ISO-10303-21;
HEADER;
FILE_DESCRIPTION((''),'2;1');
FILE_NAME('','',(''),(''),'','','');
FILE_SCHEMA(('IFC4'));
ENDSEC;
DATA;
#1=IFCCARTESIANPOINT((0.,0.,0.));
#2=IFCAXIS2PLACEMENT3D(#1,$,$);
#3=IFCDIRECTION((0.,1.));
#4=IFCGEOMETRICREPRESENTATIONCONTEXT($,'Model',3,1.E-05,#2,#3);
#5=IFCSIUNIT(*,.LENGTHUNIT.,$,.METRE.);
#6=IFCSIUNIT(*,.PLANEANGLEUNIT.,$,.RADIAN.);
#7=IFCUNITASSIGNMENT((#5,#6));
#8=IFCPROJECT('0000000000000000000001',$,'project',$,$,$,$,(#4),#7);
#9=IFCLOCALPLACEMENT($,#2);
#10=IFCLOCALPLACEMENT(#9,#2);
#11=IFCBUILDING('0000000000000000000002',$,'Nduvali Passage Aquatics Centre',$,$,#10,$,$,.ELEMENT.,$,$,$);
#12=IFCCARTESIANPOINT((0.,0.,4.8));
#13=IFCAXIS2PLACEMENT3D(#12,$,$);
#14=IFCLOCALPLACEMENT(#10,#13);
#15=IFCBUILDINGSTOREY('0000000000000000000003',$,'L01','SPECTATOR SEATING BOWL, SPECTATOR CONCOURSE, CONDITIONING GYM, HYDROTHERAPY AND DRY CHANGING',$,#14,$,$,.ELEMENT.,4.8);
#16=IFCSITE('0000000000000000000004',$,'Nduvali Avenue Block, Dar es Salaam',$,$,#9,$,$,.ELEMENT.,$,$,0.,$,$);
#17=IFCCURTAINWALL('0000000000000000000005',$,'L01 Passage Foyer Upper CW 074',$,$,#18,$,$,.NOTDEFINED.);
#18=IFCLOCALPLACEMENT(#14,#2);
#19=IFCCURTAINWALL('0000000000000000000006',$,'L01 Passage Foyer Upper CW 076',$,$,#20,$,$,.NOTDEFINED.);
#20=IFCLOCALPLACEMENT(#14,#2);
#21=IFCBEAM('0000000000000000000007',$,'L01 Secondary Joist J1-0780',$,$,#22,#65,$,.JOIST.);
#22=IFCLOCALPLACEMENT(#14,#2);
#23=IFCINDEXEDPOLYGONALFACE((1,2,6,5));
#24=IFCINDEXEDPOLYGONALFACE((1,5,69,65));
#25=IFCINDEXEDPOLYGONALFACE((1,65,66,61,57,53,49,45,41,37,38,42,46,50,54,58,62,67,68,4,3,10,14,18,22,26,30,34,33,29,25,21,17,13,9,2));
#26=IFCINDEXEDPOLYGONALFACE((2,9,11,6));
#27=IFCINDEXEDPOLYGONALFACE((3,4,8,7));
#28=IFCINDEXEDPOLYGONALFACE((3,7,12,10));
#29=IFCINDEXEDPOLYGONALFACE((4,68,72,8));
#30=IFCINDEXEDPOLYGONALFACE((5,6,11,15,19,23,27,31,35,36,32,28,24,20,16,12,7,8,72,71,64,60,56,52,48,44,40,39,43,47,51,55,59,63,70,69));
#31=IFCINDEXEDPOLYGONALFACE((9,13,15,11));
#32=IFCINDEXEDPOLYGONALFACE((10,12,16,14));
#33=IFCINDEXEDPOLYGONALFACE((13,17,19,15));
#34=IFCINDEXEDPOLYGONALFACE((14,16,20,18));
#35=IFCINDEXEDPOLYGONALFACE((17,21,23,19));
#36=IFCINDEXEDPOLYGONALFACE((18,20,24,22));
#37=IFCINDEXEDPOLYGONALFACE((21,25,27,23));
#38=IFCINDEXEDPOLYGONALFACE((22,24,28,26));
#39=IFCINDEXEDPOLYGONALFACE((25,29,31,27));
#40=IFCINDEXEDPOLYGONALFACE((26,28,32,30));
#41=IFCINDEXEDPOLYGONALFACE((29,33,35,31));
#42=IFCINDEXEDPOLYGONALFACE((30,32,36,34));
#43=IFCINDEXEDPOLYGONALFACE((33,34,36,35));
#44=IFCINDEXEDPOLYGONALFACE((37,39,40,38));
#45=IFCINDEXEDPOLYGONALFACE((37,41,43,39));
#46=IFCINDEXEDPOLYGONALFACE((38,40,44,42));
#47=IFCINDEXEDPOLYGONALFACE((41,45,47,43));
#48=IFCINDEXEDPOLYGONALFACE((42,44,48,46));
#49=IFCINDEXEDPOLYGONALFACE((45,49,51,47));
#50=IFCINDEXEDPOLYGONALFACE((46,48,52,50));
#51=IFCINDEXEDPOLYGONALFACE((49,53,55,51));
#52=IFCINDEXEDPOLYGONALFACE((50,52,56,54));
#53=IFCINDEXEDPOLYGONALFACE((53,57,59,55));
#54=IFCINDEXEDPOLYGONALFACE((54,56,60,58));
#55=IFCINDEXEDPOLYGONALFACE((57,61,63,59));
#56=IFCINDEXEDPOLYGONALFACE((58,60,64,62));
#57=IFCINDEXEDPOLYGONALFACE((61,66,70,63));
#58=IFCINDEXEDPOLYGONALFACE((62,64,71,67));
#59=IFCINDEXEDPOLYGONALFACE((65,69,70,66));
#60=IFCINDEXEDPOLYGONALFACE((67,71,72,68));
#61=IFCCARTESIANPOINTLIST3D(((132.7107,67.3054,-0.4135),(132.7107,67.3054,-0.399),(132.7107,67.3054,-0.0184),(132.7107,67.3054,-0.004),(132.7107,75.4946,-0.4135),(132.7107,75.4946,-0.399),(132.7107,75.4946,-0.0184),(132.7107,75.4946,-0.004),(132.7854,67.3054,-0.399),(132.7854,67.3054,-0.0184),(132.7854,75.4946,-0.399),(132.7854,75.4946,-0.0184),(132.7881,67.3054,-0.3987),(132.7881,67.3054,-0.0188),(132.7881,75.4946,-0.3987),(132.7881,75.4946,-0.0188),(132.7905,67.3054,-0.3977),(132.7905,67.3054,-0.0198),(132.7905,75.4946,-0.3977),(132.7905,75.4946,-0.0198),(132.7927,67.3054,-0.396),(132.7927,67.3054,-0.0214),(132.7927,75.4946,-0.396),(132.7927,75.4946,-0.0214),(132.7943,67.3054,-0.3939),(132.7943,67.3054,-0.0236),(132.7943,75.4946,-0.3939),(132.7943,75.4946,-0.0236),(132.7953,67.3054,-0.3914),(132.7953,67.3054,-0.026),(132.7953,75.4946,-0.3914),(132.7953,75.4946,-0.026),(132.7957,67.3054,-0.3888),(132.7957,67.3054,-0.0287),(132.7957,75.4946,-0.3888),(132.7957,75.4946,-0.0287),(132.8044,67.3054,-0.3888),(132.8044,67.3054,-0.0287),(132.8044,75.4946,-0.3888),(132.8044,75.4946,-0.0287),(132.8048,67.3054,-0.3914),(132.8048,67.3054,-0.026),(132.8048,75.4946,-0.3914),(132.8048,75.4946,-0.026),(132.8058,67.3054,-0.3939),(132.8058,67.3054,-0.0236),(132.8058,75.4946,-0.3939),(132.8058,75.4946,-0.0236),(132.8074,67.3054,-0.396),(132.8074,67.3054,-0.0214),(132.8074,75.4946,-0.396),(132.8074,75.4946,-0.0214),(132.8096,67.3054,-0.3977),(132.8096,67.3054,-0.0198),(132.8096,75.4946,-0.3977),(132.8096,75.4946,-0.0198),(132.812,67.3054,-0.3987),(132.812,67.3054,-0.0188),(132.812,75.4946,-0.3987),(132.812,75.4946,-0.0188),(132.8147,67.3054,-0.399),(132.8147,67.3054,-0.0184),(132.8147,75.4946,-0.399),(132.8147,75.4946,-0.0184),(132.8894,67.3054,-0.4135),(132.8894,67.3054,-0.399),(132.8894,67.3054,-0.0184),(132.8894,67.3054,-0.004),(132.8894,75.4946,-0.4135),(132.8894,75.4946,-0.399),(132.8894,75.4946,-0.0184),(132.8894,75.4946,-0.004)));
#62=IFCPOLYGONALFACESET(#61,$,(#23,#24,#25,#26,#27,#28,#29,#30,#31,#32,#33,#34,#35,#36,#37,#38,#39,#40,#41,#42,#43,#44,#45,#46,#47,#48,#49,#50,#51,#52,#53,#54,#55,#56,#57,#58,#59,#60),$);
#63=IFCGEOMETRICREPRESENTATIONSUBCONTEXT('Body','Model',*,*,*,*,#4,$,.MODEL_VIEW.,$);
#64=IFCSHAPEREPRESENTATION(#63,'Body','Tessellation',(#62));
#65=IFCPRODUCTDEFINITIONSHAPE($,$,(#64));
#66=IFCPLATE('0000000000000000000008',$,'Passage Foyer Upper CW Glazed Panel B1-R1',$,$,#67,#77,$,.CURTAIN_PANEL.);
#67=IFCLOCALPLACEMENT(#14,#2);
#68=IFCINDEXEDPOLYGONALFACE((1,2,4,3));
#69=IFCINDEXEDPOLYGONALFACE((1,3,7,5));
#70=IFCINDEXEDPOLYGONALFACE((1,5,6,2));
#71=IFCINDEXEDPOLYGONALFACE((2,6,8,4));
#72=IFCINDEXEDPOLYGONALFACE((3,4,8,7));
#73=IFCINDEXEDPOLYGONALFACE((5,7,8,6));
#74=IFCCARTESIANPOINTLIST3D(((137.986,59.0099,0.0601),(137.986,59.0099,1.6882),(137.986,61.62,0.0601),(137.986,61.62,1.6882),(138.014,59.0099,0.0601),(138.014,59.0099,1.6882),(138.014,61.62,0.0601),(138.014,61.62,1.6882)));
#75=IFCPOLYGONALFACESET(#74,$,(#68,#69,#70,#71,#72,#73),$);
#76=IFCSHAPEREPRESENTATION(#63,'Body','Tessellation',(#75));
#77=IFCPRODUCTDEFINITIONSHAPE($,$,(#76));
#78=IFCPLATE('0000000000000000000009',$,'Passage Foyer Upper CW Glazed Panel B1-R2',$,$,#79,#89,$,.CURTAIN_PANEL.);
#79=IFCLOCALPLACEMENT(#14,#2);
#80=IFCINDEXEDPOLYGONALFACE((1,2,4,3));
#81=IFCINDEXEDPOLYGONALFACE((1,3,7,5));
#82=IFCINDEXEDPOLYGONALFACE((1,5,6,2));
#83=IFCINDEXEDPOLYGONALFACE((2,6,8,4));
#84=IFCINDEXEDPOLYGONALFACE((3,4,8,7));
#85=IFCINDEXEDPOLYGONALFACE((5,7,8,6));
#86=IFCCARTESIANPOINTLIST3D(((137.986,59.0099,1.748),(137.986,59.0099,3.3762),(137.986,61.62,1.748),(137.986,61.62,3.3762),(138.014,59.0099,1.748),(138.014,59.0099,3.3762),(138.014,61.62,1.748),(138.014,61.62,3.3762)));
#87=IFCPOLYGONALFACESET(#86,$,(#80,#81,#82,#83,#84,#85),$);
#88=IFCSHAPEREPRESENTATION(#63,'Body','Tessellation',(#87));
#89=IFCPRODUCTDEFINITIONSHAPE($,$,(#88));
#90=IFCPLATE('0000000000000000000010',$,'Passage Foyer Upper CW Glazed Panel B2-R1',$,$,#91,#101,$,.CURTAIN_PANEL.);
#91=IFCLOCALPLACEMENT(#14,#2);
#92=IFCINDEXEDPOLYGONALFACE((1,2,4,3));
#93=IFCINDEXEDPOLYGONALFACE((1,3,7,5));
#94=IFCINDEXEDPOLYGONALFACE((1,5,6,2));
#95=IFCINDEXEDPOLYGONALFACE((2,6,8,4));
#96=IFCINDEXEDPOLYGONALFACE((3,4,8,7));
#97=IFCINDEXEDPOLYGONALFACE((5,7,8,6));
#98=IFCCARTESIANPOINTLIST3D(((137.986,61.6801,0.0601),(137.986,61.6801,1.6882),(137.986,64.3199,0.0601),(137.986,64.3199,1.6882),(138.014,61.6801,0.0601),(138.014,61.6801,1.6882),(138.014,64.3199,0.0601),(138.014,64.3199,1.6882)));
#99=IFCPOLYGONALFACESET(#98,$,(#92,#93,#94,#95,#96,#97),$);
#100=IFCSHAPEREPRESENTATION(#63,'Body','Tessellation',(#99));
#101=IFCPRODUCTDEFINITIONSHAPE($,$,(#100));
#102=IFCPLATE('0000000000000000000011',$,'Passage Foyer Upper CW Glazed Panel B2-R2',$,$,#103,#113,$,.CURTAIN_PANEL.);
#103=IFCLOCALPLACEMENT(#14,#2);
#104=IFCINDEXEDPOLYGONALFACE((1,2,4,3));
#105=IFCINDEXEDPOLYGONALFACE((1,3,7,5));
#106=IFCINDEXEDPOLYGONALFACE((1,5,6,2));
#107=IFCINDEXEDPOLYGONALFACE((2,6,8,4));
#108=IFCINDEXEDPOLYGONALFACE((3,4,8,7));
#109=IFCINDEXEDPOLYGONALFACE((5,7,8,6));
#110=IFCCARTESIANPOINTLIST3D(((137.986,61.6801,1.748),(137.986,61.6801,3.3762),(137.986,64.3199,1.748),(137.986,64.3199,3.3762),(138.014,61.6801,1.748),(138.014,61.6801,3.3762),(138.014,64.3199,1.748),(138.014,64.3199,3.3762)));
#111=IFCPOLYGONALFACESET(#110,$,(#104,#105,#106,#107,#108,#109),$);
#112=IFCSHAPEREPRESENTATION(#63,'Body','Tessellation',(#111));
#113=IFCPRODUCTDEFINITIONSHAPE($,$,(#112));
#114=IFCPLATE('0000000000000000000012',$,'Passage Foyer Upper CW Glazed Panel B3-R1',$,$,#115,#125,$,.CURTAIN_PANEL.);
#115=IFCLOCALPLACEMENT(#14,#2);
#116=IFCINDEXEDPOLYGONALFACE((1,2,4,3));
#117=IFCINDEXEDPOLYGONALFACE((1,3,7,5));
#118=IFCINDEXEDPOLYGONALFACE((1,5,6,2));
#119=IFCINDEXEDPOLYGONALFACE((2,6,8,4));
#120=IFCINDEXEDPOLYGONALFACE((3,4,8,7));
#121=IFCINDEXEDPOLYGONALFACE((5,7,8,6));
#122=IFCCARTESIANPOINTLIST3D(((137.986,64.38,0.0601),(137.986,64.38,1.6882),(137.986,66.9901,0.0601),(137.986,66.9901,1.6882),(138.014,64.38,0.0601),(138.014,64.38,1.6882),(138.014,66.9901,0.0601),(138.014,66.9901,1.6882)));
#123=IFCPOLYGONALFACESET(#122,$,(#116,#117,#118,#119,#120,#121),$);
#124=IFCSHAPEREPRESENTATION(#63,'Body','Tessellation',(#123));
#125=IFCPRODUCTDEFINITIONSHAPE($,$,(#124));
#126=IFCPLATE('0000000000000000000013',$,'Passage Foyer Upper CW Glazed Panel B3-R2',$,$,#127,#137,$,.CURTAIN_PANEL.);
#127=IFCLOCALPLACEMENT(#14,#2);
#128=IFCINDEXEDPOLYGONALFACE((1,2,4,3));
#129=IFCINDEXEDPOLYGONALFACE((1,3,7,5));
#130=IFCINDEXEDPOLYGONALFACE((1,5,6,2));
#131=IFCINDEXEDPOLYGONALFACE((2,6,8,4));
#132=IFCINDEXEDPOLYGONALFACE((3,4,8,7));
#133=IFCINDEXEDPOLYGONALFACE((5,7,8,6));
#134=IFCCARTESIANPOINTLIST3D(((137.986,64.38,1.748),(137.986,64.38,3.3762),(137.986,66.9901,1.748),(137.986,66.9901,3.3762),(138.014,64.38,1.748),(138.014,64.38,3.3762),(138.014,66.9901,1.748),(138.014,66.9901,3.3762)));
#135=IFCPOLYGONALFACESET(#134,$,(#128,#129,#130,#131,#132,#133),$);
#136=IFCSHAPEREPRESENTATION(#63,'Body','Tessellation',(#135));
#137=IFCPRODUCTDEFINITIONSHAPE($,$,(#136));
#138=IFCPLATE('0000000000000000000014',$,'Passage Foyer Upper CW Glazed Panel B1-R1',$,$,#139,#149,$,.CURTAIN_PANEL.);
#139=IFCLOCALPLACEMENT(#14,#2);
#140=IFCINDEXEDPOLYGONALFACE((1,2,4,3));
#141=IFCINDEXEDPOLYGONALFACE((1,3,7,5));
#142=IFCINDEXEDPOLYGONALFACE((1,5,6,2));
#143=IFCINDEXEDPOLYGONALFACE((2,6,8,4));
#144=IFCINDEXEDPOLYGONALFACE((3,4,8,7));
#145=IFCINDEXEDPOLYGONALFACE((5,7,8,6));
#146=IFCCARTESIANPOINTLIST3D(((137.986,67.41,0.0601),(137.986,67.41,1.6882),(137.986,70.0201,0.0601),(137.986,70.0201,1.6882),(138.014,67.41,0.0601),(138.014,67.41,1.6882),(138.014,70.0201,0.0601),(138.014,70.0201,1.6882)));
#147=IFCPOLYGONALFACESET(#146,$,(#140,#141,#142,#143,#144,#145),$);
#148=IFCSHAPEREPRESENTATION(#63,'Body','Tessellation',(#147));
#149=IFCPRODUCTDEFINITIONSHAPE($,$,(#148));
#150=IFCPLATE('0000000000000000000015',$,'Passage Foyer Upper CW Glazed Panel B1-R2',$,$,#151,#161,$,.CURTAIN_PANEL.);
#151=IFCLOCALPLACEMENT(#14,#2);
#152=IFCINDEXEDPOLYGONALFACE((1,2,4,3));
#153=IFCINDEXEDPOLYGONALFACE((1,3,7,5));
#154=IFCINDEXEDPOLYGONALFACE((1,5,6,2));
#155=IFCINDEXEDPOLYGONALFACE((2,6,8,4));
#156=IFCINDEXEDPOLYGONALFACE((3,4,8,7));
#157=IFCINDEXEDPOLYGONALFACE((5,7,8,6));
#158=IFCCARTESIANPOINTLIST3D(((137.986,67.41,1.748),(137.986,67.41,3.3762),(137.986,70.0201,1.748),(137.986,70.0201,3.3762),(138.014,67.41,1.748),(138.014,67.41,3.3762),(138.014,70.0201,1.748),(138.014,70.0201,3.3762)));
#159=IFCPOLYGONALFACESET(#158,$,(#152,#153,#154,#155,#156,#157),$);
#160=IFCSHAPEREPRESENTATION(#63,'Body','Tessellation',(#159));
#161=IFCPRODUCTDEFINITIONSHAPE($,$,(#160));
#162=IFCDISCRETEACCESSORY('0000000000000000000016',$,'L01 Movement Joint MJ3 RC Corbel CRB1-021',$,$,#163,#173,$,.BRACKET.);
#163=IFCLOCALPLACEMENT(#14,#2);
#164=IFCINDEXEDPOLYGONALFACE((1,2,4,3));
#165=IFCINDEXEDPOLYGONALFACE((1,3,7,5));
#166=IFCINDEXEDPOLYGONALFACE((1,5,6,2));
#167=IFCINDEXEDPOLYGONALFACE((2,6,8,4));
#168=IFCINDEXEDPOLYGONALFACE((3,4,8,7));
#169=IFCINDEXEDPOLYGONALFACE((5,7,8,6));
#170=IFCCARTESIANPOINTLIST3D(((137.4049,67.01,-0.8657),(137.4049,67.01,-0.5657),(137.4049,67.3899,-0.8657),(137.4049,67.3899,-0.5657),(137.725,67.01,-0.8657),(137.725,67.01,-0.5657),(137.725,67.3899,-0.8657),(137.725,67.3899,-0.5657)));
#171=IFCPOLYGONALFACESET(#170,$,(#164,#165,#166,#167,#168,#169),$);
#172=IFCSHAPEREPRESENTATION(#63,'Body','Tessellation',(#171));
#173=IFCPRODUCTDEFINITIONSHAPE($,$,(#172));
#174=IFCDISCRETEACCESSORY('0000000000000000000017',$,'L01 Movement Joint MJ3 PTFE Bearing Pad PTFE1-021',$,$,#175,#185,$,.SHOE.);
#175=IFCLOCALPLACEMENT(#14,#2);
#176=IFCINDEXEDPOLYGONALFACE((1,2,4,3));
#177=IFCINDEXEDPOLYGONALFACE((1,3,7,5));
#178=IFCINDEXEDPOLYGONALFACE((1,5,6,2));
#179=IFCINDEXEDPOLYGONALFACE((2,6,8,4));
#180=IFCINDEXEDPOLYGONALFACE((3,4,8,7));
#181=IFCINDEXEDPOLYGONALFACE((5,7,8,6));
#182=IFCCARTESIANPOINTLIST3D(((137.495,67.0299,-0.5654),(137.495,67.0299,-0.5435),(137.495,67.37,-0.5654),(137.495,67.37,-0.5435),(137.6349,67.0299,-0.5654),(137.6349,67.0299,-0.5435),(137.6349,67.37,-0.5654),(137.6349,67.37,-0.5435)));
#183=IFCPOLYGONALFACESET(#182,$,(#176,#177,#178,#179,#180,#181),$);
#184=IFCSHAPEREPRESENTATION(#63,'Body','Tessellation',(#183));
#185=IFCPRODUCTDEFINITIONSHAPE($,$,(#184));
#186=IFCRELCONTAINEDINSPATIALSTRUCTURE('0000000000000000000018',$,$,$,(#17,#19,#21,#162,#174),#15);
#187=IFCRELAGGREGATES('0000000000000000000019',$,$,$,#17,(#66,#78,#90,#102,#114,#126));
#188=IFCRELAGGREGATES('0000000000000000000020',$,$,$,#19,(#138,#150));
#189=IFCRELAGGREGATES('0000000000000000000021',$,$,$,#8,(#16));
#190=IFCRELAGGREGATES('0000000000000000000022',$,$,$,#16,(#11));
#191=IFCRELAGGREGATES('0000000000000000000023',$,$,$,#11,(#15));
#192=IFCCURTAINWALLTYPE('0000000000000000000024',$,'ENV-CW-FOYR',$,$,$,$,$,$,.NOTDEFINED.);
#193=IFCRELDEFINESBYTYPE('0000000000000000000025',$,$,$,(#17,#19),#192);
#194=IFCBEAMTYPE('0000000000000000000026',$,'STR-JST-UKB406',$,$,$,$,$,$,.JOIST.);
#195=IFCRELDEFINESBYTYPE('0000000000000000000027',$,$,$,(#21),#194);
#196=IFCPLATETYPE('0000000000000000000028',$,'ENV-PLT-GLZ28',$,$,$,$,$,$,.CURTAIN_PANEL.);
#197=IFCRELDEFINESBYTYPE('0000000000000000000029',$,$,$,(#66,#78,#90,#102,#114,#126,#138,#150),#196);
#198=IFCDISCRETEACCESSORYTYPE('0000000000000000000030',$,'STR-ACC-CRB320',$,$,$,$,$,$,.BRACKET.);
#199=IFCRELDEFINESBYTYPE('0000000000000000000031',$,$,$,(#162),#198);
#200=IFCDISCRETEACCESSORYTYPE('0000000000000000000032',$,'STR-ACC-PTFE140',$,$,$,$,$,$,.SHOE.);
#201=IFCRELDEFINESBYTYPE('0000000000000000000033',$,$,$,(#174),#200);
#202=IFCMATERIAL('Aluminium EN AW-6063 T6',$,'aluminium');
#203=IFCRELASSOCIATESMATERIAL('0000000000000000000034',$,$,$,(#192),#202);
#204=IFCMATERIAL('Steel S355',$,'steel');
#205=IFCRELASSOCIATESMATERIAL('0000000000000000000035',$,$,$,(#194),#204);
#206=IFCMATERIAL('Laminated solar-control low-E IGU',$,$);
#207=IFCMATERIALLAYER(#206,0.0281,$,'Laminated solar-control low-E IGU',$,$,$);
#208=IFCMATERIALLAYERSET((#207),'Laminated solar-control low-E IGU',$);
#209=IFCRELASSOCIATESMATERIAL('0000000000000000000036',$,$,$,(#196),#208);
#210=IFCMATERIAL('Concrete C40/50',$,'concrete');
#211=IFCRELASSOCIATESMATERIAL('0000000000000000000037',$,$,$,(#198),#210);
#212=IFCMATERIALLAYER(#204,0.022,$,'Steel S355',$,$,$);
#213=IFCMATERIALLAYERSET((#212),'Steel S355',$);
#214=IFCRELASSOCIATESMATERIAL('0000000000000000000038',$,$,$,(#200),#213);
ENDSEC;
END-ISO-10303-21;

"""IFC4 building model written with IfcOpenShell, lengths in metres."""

from ifc_helpers import new_model, si_unit, direction, frame, origin, origin_2d, place, context, subcontext, project, spatial, rectangle, i_section, extrude, material, layer, layer_set, material_profile, profile_set, type_object, element, aggregate, save


model = new_model("IFC4")

# Units and contexts
model_context = context("Model", 3, precision=1e-05, world=origin(), true_north=direction((0.0, 1.0)))
body_context = subcontext(model_context, "Body", "Model", "MODEL_VIEW")
ifc_project = project(units=[si_unit("LENGTHUNIT", "METRE"), si_unit("PLANEANGLEUNIT", "RADIAN")], contexts=[model_context])

# Site, building, storey
site_placement = place(None, origin())
site = spatial("IfcSite", under=ifc_project, at=site_placement, Name="Nduvali Avenue Block, Dar es Salaam", CompositionType="ELEMENT", RefElevation=0.0)
building_placement = place(site_placement, origin())
building = spatial("IfcBuilding", under=site, at=building_placement, Name="Nduvali Passage Aquatics Centre", CompositionType="ELEMENT")
storey_placement = place(building_placement, frame((0.0, 0.0, 4.8)))
storey = spatial("IfcBuildingStorey", under=building, at=storey_placement, Name="L01", Description="SPECTATOR SEATING BOWL, SPECTATOR CONCOURSE, CONDITIONING GYM, HYDROTHERAPY AND DRY CHANGING", CompositionType="ELEMENT", Elevation=4.8)

# Shared definitions
ifc_material_1 = material(Name="Steel S355", Category="steel")

# Curtain walls
ifc_material_2 = material(Name="Aluminium EN AW-6063 T6", Category="aluminium")
curtain_wall_type = type_object("IfcCurtainWallType", Name="ENV-CW-FOYR", PredefinedType="NOTDEFINED", material=ifc_material_2)
curtain_wall_1_placement = place(storey_placement, origin())
curtain_wall_1 = element("IfcCurtainWall", 1, at=curtain_wall_1_placement, inside=storey, type_object=curtain_wall_type, Name="L01 Passage Foyer Upper CW 074", PredefinedType="NOTDEFINED")
curtain_wall_2_placement = place(storey_placement, origin())
curtain_wall_2 = element("IfcCurtainWall", 2, at=curtain_wall_2_placement, inside=storey, type_object=curtain_wall_type, Name="L01 Passage Foyer Upper CW 076", PredefinedType="NOTDEFINED")

# Beam
ifc_material_profile_1 = material_profile(ifc_material_1, i_section(OverallWidth=0.1787, OverallDepth=0.4094, WebThickness=0.0088, FlangeThickness=0.0144, FilletRadius=0.0103, at=origin_2d()), Name="UKB 406x178x67")
ifc_profile_set_1 = profile_set([ifc_material_profile_1], Name="Steel S355")
beam_type_1 = type_object("IfcBeamType", Name="STR-JST-UKB406", PredefinedType="JOIST", material=ifc_profile_set_1)
beam_1_placement = place(storey_placement, frame((132.8, 67.3054, -0.2087), z_axis=(0.0, 1.0, 0.0), x_axis=(-1.0, 0.0, 0.0)))
element("IfcBeam", 3, at=beam_1_placement, inside=storey, type_object=beam_type_1, Name="L01 Secondary Joist J1-0780", PredefinedType="JOIST", context=body_context, shape_type="SweptSolid", body=[
    extrude(i_section(OverallWidth=0.1787, OverallDepth=0.4094, WebThickness=0.0088, FlangeThickness=0.0144, FilletRadius=0.0103, at=origin_2d()), origin(), (0.0, 0.0, 1.0), 8.1892),
])

# Plates
ifc_material_3 = material(Name="Laminated solar-control low-E IGU")
ifc_layer_1 = layer(ifc_material_3, 0.0281, Name="Laminated solar-control low-E IGU")
ifc_layer_set_1 = layer_set([ifc_layer_1], Name="Laminated solar-control low-E IGU")
plate_type = type_object("IfcPlateType", Name="ENV-PLT-GLZ28", PredefinedType="CURTAIN_PANEL", material=ifc_layer_set_1)
plate_1_placement = place(storey_placement, frame((138.0, 60.3149, 0.0601), z_axis=(0.0, 0.0, 1.0), x_axis=(0.0, 1.0, 0.0)))
plate_1 = element("IfcPlate", 4, at=plate_1_placement, type_object=plate_type, Name="Passage Foyer Upper CW Glazed Panel B1-R1", PredefinedType="CURTAIN_PANEL", context=body_context, shape_type="SweptSolid", body=[
    extrude(rectangle(XDim=2.6101, YDim=0.0281, at=origin_2d()), origin(), (0.0, 0.0, 1.0), 1.6282),
])
plate_2_placement = place(storey_placement, frame((138.0, 60.3149, 1.748), z_axis=(0.0, 0.0, 1.0), x_axis=(0.0, 1.0, 0.0)))
plate_2 = element("IfcPlate", 5, at=plate_2_placement, type_object=plate_type, Name="Passage Foyer Upper CW Glazed Panel B1-R2", PredefinedType="CURTAIN_PANEL", context=body_context, shape_type="SweptSolid", body=[
    extrude(rectangle(XDim=2.6101, YDim=0.0281, at=origin_2d()), origin(), (0.0, 0.0, 1.0), 1.6282),
])
plate_3_placement = place(storey_placement, frame((138.0, 63.0, 0.0601), z_axis=(0.0, 0.0, 1.0), x_axis=(0.0, 1.0, 0.0)))
plate_3 = element("IfcPlate", 6, at=plate_3_placement, type_object=plate_type, Name="Passage Foyer Upper CW Glazed Panel B2-R1", PredefinedType="CURTAIN_PANEL", context=body_context, shape_type="SweptSolid", body=[
    extrude(rectangle(XDim=2.6399, YDim=0.0281, at=origin_2d()), origin(), (0.0, 0.0, 1.0), 1.6282),
])
plate_4_placement = place(storey_placement, frame((138.0, 63.0, 1.748), z_axis=(0.0, 0.0, 1.0), x_axis=(0.0, 1.0, 0.0)))
plate_4 = element("IfcPlate", 7, at=plate_4_placement, type_object=plate_type, Name="Passage Foyer Upper CW Glazed Panel B2-R2", PredefinedType="CURTAIN_PANEL", context=body_context, shape_type="SweptSolid", body=[
    extrude(rectangle(XDim=2.6399, YDim=0.0281, at=origin_2d()), origin(), (0.0, 0.0, 1.0), 1.6282),
])
plate_5_placement = place(storey_placement, frame((138.0, 65.6851, 0.0601), z_axis=(0.0, 0.0, 1.0), x_axis=(0.0, 1.0, 0.0)))
plate_5 = element("IfcPlate", 8, at=plate_5_placement, type_object=plate_type, Name="Passage Foyer Upper CW Glazed Panel B3-R1", PredefinedType="CURTAIN_PANEL", context=body_context, shape_type="SweptSolid", body=[
    extrude(rectangle(XDim=2.6101, YDim=0.0281, at=origin_2d()), origin(), (0.0, 0.0, 1.0), 1.6282),
])
plate_6_placement = place(storey_placement, frame((138.0, 65.6851, 1.748), z_axis=(0.0, 0.0, 1.0), x_axis=(0.0, 1.0, 0.0)))
plate_6 = element("IfcPlate", 9, at=plate_6_placement, type_object=plate_type, Name="Passage Foyer Upper CW Glazed Panel B3-R2", PredefinedType="CURTAIN_PANEL", context=body_context, shape_type="SweptSolid", body=[
    extrude(rectangle(XDim=2.6101, YDim=0.0281, at=origin_2d()), origin(), (0.0, 0.0, 1.0), 1.6282),
])
aggregate(curtain_wall_1, [plate_1, plate_2, plate_3, plate_4, plate_5, plate_6])
plate_7_placement = place(storey_placement, frame((138.0, 68.7151, 0.0601), z_axis=(0.0, 0.0, 1.0), x_axis=(0.0, 1.0, 0.0)))
plate_7 = element("IfcPlate", 10, at=plate_7_placement, type_object=plate_type, Name="Passage Foyer Upper CW Glazed Panel B1-R1", PredefinedType="CURTAIN_PANEL", context=body_context, shape_type="SweptSolid", body=[
    extrude(rectangle(XDim=2.6101, YDim=0.0281, at=origin_2d()), origin(), (0.0, 0.0, 1.0), 1.6282),
])
plate_8_placement = place(storey_placement, frame((138.0, 68.7151, 1.748), z_axis=(0.0, 0.0, 1.0), x_axis=(0.0, 1.0, 0.0)))
plate_8 = element("IfcPlate", 11, at=plate_8_placement, type_object=plate_type, Name="Passage Foyer Upper CW Glazed Panel B1-R2", PredefinedType="CURTAIN_PANEL", context=body_context, shape_type="SweptSolid", body=[
    extrude(rectangle(XDim=2.6101, YDim=0.0281, at=origin_2d()), origin(), (0.0, 0.0, 1.0), 1.6282),
])
aggregate(curtain_wall_2, [plate_7, plate_8])

# Discrete accessories
ifc_material_4 = material(Name="Concrete C40/50", Category="concrete")
discrete_accessory_type_1 = type_object("IfcDiscreteAccessoryType", Name="STR-ACC-CRB320", PredefinedType="BRACKET", material=ifc_material_4)
discrete_accessory_1_placement = place(storey_placement, frame((137.5649, 67.2, -0.8657), z_axis=(0.0, 0.0, 1.0), x_axis=(1.0, 0.0, 0.0)))
element("IfcDiscreteAccessory", 12, at=discrete_accessory_1_placement, inside=storey, type_object=discrete_accessory_type_1, Name="L01 Movement Joint MJ3 RC Corbel CRB1-021", PredefinedType="BRACKET", context=body_context, shape_type="SweptSolid", body=[
    extrude(rectangle(XDim=0.3201, YDim=0.3799, at=origin_2d()), origin(), (0.0, 0.0, 1.0), 0.3),
])
ifc_layer_2 = layer(ifc_material_1, 0.022, Name="Steel S355")
ifc_layer_set_2 = layer_set([ifc_layer_2], Name="Steel S355")
discrete_accessory_type_2 = type_object("IfcDiscreteAccessoryType", Name="STR-ACC-PTFE140", PredefinedType="SHOE", material=ifc_layer_set_2)
discrete_accessory_2_placement = place(storey_placement, frame((137.5649, 67.2, -0.5654), z_axis=(0.0, 0.0, 1.0), x_axis=(1.0, 0.0, 0.0)))
element("IfcDiscreteAccessory", 13, at=discrete_accessory_2_placement, inside=storey, type_object=discrete_accessory_type_2, Name="L01 Movement Joint MJ3 PTFE Bearing Pad PTFE1-021", PredefinedType="SHOE", context=body_context, shape_type="SweptSolid", body=[
    extrude(rectangle(XDim=0.1399, YDim=0.3401, at=origin_2d()), origin(), (0.0, 0.0, 1.0), 0.022),
])

save(model, "model.ifc")
